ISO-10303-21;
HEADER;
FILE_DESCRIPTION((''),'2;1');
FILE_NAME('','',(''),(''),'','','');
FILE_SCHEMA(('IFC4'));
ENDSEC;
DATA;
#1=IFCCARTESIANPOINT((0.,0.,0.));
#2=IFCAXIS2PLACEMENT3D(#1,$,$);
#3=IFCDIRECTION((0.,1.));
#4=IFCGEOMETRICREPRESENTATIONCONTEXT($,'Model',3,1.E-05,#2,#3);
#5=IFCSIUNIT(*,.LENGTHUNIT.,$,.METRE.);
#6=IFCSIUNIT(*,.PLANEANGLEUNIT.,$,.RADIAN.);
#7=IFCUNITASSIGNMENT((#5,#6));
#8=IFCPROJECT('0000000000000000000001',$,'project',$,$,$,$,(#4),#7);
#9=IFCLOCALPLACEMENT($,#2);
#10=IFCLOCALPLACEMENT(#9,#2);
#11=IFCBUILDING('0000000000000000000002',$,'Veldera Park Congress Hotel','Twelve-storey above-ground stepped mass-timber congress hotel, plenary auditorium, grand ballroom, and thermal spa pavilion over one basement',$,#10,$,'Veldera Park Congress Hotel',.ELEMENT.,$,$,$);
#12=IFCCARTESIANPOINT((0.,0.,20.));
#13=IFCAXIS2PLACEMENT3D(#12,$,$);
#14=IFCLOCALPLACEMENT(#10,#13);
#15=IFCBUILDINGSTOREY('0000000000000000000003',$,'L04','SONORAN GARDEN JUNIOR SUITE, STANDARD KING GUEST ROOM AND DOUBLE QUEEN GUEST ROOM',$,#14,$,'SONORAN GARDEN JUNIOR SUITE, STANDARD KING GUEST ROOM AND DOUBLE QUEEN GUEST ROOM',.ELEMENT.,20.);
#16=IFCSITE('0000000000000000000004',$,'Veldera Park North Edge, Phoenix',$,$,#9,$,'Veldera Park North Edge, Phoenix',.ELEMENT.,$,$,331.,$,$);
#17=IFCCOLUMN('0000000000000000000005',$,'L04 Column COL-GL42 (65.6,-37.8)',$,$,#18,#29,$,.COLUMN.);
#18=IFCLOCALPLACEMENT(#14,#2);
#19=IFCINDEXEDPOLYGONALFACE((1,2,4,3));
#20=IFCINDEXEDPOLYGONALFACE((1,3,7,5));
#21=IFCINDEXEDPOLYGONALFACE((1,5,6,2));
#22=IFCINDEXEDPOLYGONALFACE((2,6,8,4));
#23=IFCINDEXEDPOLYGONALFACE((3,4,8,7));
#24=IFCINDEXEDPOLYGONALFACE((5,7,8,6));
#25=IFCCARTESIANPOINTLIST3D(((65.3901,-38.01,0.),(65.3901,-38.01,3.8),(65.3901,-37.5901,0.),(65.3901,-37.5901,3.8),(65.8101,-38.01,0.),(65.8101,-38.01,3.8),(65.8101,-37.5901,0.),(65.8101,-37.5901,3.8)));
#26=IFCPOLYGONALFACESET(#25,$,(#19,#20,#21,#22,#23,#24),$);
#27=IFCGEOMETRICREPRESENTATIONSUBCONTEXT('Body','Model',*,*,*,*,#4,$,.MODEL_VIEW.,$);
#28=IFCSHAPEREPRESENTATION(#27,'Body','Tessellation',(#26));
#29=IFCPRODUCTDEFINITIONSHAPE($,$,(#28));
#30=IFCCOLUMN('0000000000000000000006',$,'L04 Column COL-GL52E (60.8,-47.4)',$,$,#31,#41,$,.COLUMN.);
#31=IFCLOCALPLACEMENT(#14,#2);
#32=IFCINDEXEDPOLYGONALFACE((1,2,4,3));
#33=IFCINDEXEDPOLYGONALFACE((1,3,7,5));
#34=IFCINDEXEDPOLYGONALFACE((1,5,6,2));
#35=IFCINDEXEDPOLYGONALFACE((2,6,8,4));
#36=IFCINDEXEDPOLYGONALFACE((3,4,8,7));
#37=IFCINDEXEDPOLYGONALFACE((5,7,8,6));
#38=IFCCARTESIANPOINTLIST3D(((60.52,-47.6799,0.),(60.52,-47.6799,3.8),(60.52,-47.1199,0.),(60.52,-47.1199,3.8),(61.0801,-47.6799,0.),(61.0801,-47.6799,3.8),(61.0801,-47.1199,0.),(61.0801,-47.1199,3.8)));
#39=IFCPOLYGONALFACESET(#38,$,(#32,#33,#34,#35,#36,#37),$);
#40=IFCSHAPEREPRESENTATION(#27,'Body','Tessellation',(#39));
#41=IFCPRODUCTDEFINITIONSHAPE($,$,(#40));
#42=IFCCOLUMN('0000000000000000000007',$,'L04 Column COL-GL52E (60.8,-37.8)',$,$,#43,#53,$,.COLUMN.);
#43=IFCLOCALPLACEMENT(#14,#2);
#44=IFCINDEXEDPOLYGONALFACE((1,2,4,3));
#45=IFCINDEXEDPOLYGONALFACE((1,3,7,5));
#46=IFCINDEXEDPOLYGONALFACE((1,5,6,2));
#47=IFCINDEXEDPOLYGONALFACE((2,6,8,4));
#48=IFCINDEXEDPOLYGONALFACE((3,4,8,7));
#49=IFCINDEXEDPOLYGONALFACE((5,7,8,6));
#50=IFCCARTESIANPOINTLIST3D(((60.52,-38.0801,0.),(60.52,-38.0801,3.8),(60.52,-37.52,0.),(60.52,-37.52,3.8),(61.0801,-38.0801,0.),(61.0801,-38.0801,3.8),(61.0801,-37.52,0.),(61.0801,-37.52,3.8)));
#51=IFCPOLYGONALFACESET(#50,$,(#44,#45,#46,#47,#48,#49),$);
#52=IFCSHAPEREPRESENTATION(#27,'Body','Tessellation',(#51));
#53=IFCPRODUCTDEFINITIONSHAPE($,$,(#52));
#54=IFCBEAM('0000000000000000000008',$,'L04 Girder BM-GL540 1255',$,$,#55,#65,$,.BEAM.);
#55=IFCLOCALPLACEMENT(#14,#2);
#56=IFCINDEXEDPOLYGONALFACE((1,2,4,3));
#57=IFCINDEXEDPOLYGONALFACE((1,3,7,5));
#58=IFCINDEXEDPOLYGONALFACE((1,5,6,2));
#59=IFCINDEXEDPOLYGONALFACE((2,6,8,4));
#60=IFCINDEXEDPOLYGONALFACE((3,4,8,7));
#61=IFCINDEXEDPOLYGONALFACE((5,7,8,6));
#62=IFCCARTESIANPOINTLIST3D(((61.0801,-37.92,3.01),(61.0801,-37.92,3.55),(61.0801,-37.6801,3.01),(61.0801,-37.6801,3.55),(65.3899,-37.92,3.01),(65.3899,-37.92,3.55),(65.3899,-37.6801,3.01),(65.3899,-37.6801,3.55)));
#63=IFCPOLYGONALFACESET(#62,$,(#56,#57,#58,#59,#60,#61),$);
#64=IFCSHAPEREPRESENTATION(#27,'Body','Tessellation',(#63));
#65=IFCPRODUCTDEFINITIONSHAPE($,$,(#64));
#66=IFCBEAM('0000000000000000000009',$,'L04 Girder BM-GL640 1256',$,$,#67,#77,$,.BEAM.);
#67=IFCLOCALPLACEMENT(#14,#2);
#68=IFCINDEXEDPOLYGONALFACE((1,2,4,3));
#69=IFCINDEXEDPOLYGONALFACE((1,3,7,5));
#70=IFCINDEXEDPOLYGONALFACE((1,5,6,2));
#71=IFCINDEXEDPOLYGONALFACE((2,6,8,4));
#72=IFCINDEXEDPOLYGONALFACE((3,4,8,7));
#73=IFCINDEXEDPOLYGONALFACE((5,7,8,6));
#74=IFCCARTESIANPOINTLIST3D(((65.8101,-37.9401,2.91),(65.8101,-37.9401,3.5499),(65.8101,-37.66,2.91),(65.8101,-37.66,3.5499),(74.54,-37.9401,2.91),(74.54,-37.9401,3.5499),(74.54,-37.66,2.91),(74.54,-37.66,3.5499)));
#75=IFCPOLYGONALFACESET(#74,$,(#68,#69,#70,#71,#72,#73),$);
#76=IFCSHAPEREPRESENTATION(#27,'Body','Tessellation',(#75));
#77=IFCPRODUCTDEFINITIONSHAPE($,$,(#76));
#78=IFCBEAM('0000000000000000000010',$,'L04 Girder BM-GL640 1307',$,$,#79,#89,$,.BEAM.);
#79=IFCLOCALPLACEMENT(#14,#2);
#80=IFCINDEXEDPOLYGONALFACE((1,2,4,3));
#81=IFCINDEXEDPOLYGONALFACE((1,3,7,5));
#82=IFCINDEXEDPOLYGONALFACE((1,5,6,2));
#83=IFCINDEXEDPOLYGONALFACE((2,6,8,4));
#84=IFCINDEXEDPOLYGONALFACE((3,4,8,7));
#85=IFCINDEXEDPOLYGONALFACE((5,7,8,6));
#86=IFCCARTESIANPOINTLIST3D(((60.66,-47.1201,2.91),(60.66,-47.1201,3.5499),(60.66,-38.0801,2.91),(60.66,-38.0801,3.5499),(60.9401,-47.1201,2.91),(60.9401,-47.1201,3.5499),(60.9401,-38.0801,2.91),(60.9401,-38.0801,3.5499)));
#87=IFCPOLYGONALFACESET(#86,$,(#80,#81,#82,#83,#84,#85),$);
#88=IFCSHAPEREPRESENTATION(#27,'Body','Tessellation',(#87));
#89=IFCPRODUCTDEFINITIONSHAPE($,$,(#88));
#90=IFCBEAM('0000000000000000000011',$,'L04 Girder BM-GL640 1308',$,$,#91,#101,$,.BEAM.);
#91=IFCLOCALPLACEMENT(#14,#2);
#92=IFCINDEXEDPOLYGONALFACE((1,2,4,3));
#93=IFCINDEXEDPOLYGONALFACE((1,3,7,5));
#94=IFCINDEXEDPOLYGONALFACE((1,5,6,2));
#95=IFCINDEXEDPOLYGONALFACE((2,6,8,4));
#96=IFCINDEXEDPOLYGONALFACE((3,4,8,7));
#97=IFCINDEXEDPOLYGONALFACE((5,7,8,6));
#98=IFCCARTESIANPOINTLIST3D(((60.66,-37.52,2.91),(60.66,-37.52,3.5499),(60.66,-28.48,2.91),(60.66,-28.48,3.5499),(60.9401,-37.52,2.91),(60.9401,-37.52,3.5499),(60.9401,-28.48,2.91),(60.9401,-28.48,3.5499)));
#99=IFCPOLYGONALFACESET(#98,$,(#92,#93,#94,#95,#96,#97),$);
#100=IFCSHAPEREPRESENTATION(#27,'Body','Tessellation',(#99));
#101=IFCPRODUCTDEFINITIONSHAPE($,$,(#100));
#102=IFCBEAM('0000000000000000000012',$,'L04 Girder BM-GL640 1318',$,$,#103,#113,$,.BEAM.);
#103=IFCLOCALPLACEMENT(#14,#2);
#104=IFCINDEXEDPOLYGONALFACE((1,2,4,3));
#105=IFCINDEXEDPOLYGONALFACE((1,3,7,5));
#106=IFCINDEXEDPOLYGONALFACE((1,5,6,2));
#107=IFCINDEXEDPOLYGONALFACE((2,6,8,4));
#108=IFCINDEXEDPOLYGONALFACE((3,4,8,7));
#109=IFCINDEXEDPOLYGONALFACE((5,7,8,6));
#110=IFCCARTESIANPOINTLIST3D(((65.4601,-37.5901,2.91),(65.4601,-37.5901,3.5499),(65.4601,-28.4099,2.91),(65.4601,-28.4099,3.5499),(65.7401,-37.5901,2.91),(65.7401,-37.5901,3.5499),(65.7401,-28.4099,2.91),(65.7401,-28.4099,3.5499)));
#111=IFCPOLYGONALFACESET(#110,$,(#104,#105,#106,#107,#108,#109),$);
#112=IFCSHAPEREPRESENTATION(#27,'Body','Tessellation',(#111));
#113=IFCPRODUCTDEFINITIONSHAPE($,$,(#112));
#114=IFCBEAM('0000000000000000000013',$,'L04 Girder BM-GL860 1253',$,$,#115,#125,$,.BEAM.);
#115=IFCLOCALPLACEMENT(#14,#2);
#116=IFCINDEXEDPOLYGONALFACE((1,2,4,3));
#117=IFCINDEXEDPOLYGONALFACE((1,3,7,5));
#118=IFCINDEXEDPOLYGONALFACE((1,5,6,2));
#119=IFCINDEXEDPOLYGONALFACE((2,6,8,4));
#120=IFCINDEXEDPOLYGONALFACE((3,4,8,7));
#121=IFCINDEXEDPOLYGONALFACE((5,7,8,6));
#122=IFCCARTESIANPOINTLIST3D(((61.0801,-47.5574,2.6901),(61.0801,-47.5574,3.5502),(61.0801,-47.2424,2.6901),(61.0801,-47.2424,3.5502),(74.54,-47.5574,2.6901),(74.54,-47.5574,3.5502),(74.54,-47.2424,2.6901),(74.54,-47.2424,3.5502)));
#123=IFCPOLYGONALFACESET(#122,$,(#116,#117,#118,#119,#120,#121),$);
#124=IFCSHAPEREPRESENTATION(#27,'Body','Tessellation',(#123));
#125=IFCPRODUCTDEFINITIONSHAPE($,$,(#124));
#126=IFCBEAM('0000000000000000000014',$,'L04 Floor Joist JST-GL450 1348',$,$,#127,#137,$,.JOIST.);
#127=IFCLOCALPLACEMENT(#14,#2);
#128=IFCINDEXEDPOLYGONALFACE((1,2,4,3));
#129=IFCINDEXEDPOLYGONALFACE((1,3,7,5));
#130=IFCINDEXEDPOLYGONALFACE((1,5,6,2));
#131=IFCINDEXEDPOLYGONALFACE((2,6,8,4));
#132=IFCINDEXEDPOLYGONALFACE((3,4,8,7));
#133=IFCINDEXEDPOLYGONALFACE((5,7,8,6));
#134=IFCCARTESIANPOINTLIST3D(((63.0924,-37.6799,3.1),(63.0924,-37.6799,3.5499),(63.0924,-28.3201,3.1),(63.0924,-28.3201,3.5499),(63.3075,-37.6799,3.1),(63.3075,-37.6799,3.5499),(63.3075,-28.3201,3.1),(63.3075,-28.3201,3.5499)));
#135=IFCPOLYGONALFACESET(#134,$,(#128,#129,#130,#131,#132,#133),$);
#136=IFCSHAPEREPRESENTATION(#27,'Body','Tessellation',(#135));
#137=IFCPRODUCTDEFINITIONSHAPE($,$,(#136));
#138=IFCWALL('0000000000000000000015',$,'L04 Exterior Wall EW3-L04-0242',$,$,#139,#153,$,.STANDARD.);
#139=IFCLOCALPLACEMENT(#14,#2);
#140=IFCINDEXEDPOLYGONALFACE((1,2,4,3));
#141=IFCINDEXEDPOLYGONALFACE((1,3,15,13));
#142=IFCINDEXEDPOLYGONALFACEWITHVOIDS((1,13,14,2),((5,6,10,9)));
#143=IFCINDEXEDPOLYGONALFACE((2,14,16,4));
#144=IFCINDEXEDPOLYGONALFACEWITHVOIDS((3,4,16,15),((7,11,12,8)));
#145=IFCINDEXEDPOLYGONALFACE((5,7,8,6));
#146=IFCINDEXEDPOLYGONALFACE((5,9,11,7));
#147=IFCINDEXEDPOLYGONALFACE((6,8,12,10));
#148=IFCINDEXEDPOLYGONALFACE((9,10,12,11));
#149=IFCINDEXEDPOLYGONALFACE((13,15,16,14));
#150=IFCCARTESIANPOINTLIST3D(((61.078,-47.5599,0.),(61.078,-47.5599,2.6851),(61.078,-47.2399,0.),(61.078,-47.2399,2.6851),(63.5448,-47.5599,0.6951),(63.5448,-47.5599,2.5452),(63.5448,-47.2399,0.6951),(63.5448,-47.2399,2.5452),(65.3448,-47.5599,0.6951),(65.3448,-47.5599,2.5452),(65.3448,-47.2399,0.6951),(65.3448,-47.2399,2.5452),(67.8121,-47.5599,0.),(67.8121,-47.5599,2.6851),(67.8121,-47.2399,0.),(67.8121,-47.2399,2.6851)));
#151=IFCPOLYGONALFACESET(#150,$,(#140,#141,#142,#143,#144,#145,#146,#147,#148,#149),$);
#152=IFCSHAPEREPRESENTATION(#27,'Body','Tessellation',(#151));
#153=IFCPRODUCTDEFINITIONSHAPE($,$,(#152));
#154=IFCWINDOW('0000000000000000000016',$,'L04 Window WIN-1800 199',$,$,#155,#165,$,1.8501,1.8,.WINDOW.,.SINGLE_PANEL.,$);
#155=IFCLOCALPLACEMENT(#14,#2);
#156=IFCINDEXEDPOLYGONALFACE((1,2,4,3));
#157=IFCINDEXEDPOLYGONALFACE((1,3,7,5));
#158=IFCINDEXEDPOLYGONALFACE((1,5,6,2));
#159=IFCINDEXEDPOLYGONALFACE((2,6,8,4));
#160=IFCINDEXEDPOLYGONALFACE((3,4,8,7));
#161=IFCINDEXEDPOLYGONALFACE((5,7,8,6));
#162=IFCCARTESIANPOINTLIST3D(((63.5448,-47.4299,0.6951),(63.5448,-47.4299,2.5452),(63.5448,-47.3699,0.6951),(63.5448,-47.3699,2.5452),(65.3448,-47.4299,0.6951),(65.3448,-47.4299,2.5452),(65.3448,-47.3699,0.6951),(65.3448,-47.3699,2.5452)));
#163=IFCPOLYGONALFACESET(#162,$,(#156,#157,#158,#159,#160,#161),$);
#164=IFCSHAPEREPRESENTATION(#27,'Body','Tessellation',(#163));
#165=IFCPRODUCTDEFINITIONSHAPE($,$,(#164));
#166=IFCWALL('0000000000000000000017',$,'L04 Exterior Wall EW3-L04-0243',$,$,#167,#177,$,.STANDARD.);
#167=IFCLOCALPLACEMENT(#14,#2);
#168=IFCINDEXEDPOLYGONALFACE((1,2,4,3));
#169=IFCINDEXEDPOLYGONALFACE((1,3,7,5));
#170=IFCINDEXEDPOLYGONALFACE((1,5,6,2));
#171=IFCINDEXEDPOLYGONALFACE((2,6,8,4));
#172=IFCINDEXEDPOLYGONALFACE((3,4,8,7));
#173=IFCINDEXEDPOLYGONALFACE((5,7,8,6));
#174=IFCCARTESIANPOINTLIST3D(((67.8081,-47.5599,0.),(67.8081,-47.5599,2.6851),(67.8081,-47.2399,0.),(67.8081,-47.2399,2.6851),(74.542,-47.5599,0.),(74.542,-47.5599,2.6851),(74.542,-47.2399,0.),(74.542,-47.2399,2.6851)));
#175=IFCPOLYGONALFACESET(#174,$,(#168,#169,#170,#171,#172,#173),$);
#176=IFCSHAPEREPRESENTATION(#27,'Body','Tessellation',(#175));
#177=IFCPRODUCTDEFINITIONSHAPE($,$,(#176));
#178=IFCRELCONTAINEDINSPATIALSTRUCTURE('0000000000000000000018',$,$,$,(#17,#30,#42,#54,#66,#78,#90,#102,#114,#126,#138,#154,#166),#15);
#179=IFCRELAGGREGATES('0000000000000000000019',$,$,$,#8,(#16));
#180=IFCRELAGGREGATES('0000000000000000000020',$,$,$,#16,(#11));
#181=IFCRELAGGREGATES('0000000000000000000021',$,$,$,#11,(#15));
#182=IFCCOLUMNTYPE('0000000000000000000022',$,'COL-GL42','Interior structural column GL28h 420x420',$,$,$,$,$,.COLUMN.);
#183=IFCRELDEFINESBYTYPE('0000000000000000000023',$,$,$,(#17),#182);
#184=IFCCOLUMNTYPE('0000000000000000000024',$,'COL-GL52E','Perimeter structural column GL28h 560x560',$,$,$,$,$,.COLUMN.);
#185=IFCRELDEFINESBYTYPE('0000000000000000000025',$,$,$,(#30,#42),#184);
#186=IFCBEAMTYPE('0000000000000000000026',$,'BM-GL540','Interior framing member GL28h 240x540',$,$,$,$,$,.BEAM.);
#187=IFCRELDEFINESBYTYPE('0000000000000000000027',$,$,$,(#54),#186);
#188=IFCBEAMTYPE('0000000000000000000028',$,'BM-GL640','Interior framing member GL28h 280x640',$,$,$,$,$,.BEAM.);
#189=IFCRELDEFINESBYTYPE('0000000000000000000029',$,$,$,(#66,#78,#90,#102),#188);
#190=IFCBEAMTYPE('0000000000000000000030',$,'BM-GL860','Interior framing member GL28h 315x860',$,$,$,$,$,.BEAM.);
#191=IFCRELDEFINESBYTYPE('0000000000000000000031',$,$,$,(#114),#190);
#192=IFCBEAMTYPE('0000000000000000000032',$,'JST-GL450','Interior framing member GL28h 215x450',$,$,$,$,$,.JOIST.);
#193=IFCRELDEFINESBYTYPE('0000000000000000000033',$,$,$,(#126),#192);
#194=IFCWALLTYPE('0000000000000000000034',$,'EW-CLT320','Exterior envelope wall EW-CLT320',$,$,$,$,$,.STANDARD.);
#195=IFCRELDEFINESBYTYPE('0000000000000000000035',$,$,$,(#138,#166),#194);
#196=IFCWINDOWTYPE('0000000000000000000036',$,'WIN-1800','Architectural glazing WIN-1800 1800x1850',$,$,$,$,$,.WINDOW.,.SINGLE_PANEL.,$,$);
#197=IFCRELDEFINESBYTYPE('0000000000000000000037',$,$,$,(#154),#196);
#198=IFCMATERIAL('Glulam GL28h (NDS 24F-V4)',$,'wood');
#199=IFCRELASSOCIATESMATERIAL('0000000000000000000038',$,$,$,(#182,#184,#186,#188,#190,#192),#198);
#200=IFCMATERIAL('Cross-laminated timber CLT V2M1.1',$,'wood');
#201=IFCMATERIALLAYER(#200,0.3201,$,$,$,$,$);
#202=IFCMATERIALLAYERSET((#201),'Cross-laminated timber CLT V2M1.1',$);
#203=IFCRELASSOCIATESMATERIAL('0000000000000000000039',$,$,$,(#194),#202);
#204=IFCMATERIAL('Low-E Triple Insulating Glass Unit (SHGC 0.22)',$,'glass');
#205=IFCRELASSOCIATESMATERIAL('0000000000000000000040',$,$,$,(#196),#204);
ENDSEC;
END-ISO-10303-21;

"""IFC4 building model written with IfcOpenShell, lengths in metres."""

from ifc_helpers import new_model, si_unit, direction, frame, frame_2d, origin, origin_2d, place, context, subcontext, project, spatial, rectangle, extrude, material, layer, layer_set, material_profile, profile_set, type_object, element, fill, save


model = new_model("IFC4")

# Units and contexts
model_context = context("Model", 3, precision=1e-05, world=origin(), true_north=direction((0.0, 1.0)))
body_context = subcontext(model_context, "Body", "Model", "MODEL_VIEW")
ifc_project = project(units=[si_unit("LENGTHUNIT", "METRE"), si_unit("PLANEANGLEUNIT", "RADIAN")], contexts=[model_context])

# Site, building, storey
site_placement = place(None, origin())
site = spatial("IfcSite", under=ifc_project, at=site_placement, Name="Veldera Park North Edge, Phoenix", LongName="Veldera Park North Edge, Phoenix", CompositionType="ELEMENT", RefElevation=331.0)
building_placement = place(site_placement, origin())
building = spatial("IfcBuilding", under=site, at=building_placement, Name="Veldera Park Congress Hotel", Description="Twelve-storey above-ground stepped mass-timber congress hotel, plenary auditorium, grand ballroom, and thermal spa pavilion over one basement", LongName="Veldera Park Congress Hotel", CompositionType="ELEMENT")
storey_placement = place(building_placement, frame((0.0, 0.0, 20.0)))
storey = spatial("IfcBuildingStorey", under=building, at=storey_placement, Name="L04", Description="SONORAN GARDEN JUNIOR SUITE, STANDARD KING GUEST ROOM AND DOUBLE QUEEN GUEST ROOM", LongName="SONORAN GARDEN JUNIOR SUITE, STANDARD KING GUEST ROOM AND DOUBLE QUEEN GUEST ROOM", CompositionType="ELEMENT", Elevation=20.0)

# Columns
ifc_material_1 = material(Name="Glulam GL28h (NDS 24F-V4)", Category="wood")
ifc_material_profile_1 = material_profile(ifc_material_1, rectangle(XDim=0.4199, YDim=0.4199, at=origin_2d()), Name="GL28h 420x420")
ifc_profile_set_1 = profile_set([ifc_material_profile_1], Name="Glulam GL28h (NDS 24F-V4)")
column_type_1 = type_object("IfcColumnType", Name="COL-GL42", Description="Interior structural column GL28h 420x420", PredefinedType="COLUMN", material=ifc_profile_set_1)
column_placement = place(storey_placement, frame((65.6001, -37.8, 0.0), z_axis=(0.0, 0.0, 1.0), x_axis=(1.0, 0.0, 0.0)))
element("IfcColumn", 1, at=column_placement, inside=storey, type_object=column_type_1, Name="L04 Column COL-GL42 (65.6,-37.8)", PredefinedType="COLUMN", context=body_context, shape_type="SweptSolid", body=[
    extrude(rectangle(XDim=0.4199, YDim=0.4199, at=origin_2d()), origin(), (0.0, 0.0, 1.0), 3.8),
])
ifc_material_profile_2 = material_profile(ifc_material_1, rectangle(XDim=0.5601, YDim=0.5601, at=origin_2d()), Name="GL28h 560x560")
ifc_profile_set_2 = profile_set([ifc_material_profile_2], Name="Glulam GL28h (NDS 24F-V4)")
column_type_2 = type_object("IfcColumnType", Name="COL-GL52E", Description="Perimeter structural column GL28h 560x560", PredefinedType="COLUMN", material=ifc_profile_set_2)
for number, where, z_axis, x_axis, name in (
    (2, (60.8, -47.3999, 0.0), (0.0, 0.0, 1.0), (1.0, 0.0, 0.0), "L04 Column COL-GL52E (60.8,-47.4)"),
    (3, (60.8, -37.8, 0.0), (0.0, 0.0, 1.0), (1.0, 0.0, 0.0), "L04 Column COL-GL52E (60.8,-37.8)"),
):
    element("IfcColumn", number, at=place(storey_placement, frame(where, z_axis=z_axis, x_axis=x_axis)), inside=storey, type_object=column_type_2, Name=name, PredefinedType="COLUMN", context=body_context, shape_type="SweptSolid", body=[
        extrude(rectangle(XDim=0.5601, YDim=0.5601, at=origin_2d()), origin(), (0.0, 0.0, 1.0), 3.8),
    ])

# Beams
ifc_material_profile_3 = material_profile(ifc_material_1, rectangle(XDim=0.24, YDim=0.54, at=origin_2d()), Name="GL28h 240x540")
ifc_profile_set_3 = profile_set([ifc_material_profile_3], Name="Glulam GL28h (NDS 24F-V4)")
beam_type_1 = type_object("IfcBeamType", Name="BM-GL540", Description="Interior framing member GL28h 240x540", PredefinedType="BEAM", material=ifc_profile_set_3)
beam_1_placement = place(storey_placement, frame((61.0801, -37.8, 3.28), z_axis=(1.0, 0.0, 0.0), x_axis=(0.0, 1.0, 0.0)))
element("IfcBeam", 4, at=beam_1_placement, inside=storey, type_object=beam_type_1, Name="L04 Girder BM-GL540 1255", PredefinedType="BEAM", context=body_context, shape_type="SweptSolid", body=[
    extrude(rectangle(XDim=0.24, YDim=0.54, at=origin_2d()), origin(), (0.0, 0.0, 1.0), 4.3098),
])
ifc_material_profile_4 = material_profile(ifc_material_1, rectangle(XDim=0.28, YDim=0.6399, at=origin_2d()), Name="GL28h 280x640")
ifc_profile_set_4 = profile_set([ifc_material_profile_4], Name="Glulam GL28h (NDS 24F-V4)")
beam_type_2 = type_object("IfcBeamType", Name="BM-GL640", Description="Interior framing member GL28h 280x640", PredefinedType="BEAM", material=ifc_profile_set_4)
beam_2_placement = place(storey_placement, frame((65.8101, -37.8, 3.23), z_axis=(1.0, 0.0, 0.0), x_axis=(0.0, 1.0, 0.0)))
element("IfcBeam", 5, at=beam_2_placement, inside=storey, type_object=beam_type_2, Name="L04 Girder BM-GL640 1256", PredefinedType="BEAM", context=body_context, shape_type="SweptSolid", body=[
    extrude(rectangle(XDim=0.28, YDim=0.6399, at=origin_2d()), origin(), (0.0, 0.0, 1.0), 8.73),
])
for number, where, z_axis, x_axis, name in (
    (6, (60.8, -47.1201, 3.23), (0.0, 1.0, 0.0), (-1.0, 0.0, 0.0), "L04 Girder BM-GL640 1307"),
    (7, (60.8, -37.52, 3.23), (0.0, 1.0, 0.0), (-1.0, 0.0, 0.0), "L04 Girder BM-GL640 1308"),
):
    element("IfcBeam", number, at=place(storey_placement, frame(where, z_axis=z_axis, x_axis=x_axis)), inside=storey, type_object=beam_type_2, Name=name, PredefinedType="BEAM", context=body_context, shape_type="SweptSolid", body=[
        extrude(rectangle(XDim=0.28, YDim=0.6399, at=origin_2d()), origin(), (0.0, 0.0, 1.0), 9.04),
    ])
beam_3_placement = place(storey_placement, frame((65.6001, -37.5901, 3.23), z_axis=(0.0, 1.0, 0.0), x_axis=(-1.0, 0.0, 0.0)))
element("IfcBeam", 8, at=beam_3_placement, inside=storey, type_object=beam_type_2, Name="L04 Girder BM-GL640 1318", PredefinedType="BEAM", context=body_context, shape_type="SweptSolid", body=[
    extrude(rectangle(XDim=0.28, YDim=0.6399, at=origin_2d()), origin(), (0.0, 0.0, 1.0), 9.1802),
])
ifc_material_profile_5 = material_profile(ifc_material_1, rectangle(XDim=0.3149, YDim=0.8601, at=origin_2d()), Name="GL28h 315x860")
ifc_profile_set_5 = profile_set([ifc_material_profile_5], Name="Glulam GL28h (NDS 24F-V4)")
beam_type_3 = type_object("IfcBeamType", Name="BM-GL860", Description="Interior framing member GL28h 315x860", PredefinedType="BEAM", material=ifc_profile_set_5)
beam_4_placement = place(storey_placement, frame((61.0801, -47.3999, 3.1201), z_axis=(1.0, 0.0, 0.0), x_axis=(0.0, 1.0, 0.0)))
element("IfcBeam", 9, at=beam_4_placement, inside=storey, type_object=beam_type_3, Name="L04 Girder BM-GL860 1253", PredefinedType="BEAM", context=body_context, shape_type="SweptSolid", body=[
    extrude(rectangle(XDim=0.3149, YDim=0.8601, at=origin_2d()), origin(), (0.0, 0.0, 1.0), 13.46),
])
ifc_material_profile_6 = material_profile(ifc_material_1, rectangle(XDim=0.2151, YDim=0.45, at=origin_2d()), Name="GL28h 215x450")
ifc_profile_set_6 = profile_set([ifc_material_profile_6], Name="Glulam GL28h (NDS 24F-V4)")
beam_type_4 = type_object("IfcBeamType", Name="JST-GL450", Description="Interior framing member GL28h 215x450", PredefinedType="JOIST", material=ifc_profile_set_6)
beam_5_placement = place(storey_placement, frame((63.2, -37.6799, 3.325), z_axis=(0.0, 1.0, 0.0), x_axis=(-1.0, 0.0, 0.0)))
element("IfcBeam", 10, at=beam_5_placement, inside=storey, type_object=beam_type_4, Name="L04 Floor Joist JST-GL450 1348", PredefinedType="JOIST", context=body_context, shape_type="SweptSolid", body=[
    extrude(rectangle(XDim=0.2151, YDim=0.45, at=origin_2d()), origin(), (0.0, 0.0, 1.0), 9.3599),
])

# Wall, opening, window
ifc_material_2 = material(Name="Cross-laminated timber CLT V2M1.1", Category="wood")
ifc_layer_1 = layer(ifc_material_2, 0.3201)
ifc_layer_set_1 = layer_set([ifc_layer_1], Name="Cross-laminated timber CLT V2M1.1")
wall_type_1 = type_object("IfcWallType", Name="EW-CLT320", Description="Exterior envelope wall EW-CLT320", PredefinedType="STANDARD", material=ifc_layer_set_1)
wall_1_placement = place(storey_placement, frame((61.0779, -47.3999, 0.0), z_axis=(0.0, 0.0, 1.0), x_axis=(1.0, 0.0, 0.0)))
wall_1 = element("IfcWall", 11, at=wall_1_placement, inside=storey, type_object=wall_type_1, Name="L04 Exterior Wall EW3-L04-0242", PredefinedType="STANDARD", context=body_context, shape_type="SweptSolid", body=[
    extrude(rectangle(XDim=6.7341, YDim=0.3201, at=frame_2d((3.3672, 0.0))), origin(), (0.0, 0.0, 1.0), 2.6851),
])
opening_1_placement = place(wall_1_placement, frame((2.467, 0.0, 0.6951)))
opening_1 = element("IfcOpeningElement", 12, at=opening_1_placement, cuts=wall_1, PredefinedType="OPENING", context=body_context, shape_type="SweptSolid", body=[
    extrude(rectangle(XDim=1.8, YDim=1.8501, at=frame_2d((0.8999, 0.925))), frame((0.0, 0.1721, 0.0), z_axis=(0.0, -1.0, 0.0), x_axis=(1.0, 0.0, 0.0)), (0.0, 0.0, 1.0), 0.344),
])
ifc_material_3 = material(Name="Low-E Triple Insulating Glass Unit (SHGC 0.22)", Category="glass")
window_type = type_object("IfcWindowType", Name="WIN-1800", Description="Architectural glazing WIN-1800 1800x1850", PartitioningType="SINGLE_PANEL", PredefinedType="WINDOW", material=ifc_material_3)
window_1_placement = place(opening_1_placement, origin())
window_1 = element("IfcWindow", 13, at=window_1_placement, inside=storey, type_object=window_type, Name="L04 Window WIN-1800 199", OverallHeight=1.8501, OverallWidth=1.8, PartitioningType="SINGLE_PANEL", PredefinedType="WINDOW", context=body_context, shape_type="SweptSolid", body=[
    extrude(rectangle(XDim=1.8, YDim=1.8501, at=frame_2d((0.8999, 0.925))), frame((0.0, 0.03, 0.0), z_axis=(0.0, -1.0, 0.0), x_axis=(1.0, 0.0, 0.0)), (0.0, 0.0, 1.0), 0.0601),
])
fill(opening_1, window_1)

# Wall
wall_2_placement = place(storey_placement, frame((67.8081, -47.3999, 0.0), z_axis=(0.0, 0.0, 1.0), x_axis=(1.0, 0.0, 0.0)))
element("IfcWall", 14, at=wall_2_placement, inside=storey, type_object=wall_type_1, Name="L04 Exterior Wall EW3-L04-0243", PredefinedType="STANDARD", context=body_context, shape_type="SweptSolid", body=[
    extrude(rectangle(XDim=6.7339, YDim=0.3201, at=frame_2d((3.3669, 0.0))), origin(), (0.0, 0.0, 1.0), 2.6851),
])

save(model, "model.ifc")
